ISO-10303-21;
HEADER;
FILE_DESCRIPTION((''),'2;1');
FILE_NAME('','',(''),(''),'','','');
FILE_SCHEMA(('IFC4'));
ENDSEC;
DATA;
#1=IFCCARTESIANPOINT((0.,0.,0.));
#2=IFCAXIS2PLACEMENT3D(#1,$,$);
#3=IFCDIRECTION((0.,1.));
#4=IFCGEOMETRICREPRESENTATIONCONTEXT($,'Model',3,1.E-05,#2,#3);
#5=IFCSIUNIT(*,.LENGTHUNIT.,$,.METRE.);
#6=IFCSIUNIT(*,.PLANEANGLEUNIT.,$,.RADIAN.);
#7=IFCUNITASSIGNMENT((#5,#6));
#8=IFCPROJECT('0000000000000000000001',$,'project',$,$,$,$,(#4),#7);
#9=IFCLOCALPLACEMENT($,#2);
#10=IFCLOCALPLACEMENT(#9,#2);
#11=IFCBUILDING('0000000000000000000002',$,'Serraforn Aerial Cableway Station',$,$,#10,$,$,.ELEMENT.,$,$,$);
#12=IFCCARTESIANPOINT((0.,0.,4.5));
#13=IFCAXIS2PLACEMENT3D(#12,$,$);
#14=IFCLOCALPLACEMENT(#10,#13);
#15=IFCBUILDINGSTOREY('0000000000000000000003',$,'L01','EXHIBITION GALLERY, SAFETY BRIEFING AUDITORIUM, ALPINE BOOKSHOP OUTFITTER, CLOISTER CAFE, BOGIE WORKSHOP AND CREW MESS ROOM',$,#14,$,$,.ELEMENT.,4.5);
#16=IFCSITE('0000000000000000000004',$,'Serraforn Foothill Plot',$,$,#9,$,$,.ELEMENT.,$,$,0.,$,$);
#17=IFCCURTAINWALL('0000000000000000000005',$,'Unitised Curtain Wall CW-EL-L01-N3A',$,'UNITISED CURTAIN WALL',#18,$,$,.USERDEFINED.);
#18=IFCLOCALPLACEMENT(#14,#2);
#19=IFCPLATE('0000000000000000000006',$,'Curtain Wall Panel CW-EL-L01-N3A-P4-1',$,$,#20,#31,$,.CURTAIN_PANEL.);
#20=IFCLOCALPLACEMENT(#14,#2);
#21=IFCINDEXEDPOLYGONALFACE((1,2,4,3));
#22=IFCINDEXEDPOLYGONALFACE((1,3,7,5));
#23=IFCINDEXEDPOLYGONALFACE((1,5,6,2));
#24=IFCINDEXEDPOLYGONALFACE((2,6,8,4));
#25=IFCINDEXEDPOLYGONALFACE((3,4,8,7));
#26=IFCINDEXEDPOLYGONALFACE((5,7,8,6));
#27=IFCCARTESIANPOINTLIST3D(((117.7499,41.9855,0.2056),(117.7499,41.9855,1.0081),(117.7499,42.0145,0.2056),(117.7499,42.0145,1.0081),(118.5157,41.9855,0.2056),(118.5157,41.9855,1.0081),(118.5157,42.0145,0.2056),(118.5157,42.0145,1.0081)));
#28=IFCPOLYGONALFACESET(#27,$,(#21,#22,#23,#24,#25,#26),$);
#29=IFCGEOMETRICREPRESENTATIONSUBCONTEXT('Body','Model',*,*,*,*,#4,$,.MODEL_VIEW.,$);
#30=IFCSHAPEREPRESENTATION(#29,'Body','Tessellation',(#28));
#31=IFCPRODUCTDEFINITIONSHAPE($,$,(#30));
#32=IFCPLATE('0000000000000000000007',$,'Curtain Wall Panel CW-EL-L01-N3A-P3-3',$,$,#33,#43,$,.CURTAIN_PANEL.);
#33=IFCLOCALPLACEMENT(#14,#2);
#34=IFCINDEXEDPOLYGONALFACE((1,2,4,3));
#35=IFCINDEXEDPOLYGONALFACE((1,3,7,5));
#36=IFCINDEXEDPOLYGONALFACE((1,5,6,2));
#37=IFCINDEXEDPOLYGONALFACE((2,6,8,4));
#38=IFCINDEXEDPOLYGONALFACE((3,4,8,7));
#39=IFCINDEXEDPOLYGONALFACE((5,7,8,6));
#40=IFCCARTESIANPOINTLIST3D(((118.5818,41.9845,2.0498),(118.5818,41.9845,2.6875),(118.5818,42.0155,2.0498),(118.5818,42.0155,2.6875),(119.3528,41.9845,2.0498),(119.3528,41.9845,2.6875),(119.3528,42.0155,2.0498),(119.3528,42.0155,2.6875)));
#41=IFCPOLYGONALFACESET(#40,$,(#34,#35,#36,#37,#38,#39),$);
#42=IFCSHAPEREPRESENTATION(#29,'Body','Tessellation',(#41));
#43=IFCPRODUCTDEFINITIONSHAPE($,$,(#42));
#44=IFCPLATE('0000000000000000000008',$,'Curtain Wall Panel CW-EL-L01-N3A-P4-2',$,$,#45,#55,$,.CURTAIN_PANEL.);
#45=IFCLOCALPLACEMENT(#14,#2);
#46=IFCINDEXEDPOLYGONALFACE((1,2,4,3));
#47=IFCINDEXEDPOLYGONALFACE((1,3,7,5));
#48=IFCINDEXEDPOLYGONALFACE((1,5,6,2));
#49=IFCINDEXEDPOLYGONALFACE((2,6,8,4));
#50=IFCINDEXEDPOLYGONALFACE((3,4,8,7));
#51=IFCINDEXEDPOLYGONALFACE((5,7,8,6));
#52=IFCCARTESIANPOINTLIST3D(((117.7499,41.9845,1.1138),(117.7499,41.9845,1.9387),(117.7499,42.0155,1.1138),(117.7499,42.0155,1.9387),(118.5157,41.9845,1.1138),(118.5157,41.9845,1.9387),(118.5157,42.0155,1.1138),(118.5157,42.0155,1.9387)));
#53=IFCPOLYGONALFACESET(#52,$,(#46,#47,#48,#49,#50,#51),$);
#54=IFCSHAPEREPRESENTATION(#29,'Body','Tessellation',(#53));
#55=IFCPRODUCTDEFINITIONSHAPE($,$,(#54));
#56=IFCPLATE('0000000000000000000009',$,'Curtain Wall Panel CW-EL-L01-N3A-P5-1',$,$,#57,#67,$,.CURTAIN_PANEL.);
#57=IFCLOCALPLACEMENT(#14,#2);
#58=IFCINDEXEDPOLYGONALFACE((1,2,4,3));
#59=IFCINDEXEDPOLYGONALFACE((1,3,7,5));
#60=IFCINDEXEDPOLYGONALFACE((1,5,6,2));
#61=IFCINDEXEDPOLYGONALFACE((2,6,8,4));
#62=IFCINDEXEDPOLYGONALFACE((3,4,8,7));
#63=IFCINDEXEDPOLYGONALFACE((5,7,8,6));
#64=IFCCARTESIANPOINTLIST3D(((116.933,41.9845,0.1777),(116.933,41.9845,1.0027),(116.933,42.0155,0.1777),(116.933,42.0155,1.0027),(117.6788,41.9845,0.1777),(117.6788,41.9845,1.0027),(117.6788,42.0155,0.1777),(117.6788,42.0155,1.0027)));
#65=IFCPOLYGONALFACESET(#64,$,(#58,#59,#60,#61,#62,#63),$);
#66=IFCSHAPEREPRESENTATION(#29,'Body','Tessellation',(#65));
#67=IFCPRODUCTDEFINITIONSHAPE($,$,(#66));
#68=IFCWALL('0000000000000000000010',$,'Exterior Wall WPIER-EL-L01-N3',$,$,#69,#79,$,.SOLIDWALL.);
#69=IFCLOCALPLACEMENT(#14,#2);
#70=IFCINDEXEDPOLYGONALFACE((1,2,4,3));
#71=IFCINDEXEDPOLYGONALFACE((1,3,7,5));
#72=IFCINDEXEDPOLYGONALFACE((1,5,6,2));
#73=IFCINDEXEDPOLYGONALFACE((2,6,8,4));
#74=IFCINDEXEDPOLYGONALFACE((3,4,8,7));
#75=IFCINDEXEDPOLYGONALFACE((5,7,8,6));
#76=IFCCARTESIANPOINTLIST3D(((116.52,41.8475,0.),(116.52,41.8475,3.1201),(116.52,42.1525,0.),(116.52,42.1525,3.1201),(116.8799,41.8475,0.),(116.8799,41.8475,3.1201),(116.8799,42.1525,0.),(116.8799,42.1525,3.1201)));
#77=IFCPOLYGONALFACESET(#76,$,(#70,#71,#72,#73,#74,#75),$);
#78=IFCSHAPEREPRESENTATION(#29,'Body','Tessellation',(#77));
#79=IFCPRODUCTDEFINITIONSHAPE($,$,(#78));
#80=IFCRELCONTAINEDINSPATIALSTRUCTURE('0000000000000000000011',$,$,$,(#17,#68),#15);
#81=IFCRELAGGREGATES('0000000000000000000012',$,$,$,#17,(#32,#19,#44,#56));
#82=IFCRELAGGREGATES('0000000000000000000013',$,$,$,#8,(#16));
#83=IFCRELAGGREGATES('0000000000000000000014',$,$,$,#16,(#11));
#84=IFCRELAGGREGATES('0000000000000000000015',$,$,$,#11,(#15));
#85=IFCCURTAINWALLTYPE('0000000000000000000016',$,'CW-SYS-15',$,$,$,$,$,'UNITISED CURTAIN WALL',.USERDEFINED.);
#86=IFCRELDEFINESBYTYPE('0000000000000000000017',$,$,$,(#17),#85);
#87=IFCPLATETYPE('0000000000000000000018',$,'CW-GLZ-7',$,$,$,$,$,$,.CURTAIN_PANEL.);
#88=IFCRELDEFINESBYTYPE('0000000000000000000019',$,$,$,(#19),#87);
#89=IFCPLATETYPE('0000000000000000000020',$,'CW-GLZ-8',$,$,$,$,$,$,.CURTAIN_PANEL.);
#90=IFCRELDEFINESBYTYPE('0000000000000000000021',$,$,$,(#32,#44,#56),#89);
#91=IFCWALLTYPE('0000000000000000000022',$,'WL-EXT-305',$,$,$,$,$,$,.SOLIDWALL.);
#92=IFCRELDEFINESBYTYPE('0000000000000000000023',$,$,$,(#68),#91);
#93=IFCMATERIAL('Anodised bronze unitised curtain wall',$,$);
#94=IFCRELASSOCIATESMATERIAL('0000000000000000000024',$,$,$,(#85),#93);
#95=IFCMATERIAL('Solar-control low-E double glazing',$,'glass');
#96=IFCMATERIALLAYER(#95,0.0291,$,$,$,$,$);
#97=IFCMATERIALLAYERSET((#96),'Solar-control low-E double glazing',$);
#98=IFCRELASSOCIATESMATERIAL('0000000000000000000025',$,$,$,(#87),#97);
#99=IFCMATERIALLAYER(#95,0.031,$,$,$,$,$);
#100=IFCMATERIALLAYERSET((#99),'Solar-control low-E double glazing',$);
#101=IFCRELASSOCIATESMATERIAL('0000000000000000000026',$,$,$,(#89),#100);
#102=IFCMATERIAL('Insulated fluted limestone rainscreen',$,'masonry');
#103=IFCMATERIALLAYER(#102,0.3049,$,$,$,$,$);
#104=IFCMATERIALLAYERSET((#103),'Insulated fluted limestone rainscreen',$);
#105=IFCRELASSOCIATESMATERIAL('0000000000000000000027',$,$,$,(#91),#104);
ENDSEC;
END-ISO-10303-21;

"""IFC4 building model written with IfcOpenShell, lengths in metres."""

from ifc_helpers import new_model, si_unit, direction, frame, frame_2d, origin, origin_2d, place, context, subcontext, project, spatial, rectangle, extrude, material, layer, layer_set, type_object, element, aggregate, save


model = new_model("IFC4")

# Units and contexts
model_context = context("Model", 3, precision=1e-05, world=origin(), true_north=direction((0.0, 1.0)))
body_context = subcontext(model_context, "Body", "Model", "MODEL_VIEW")
ifc_project = project(units=[si_unit("LENGTHUNIT", "METRE"), si_unit("PLANEANGLEUNIT", "RADIAN")], contexts=[model_context])

# Site, building, storey
site_placement = place(None, origin())
site = spatial("IfcSite", under=ifc_project, at=site_placement, Name="Serraforn Foothill Plot", CompositionType="ELEMENT", RefElevation=0.0)
building_placement = place(site_placement, origin())
building = spatial("IfcBuilding", under=site, at=building_placement, Name="Serraforn Aerial Cableway Station", CompositionType="ELEMENT")
storey_placement = place(building_placement, frame((0.0, 0.0, 4.5)))
storey = spatial("IfcBuildingStorey", under=building, at=storey_placement, Name="L01", Description="EXHIBITION GALLERY, SAFETY BRIEFING AUDITORIUM, ALPINE BOOKSHOP OUTFITTER, CLOISTER CAFE, BOGIE WORKSHOP AND CREW MESS ROOM", CompositionType="ELEMENT", Elevation=4.5)

# Curtain wall
ifc_material_1 = material(Name="Anodised bronze unitised curtain wall")
curtain_wall_type_1 = type_object("IfcCurtainWallType", Name="CW-SYS-15", ElementType="UNITISED CURTAIN WALL", PredefinedType="USERDEFINED", material=ifc_material_1)
curtain_wall_1_placement = place(storey_placement, origin())
curtain_wall_1 = element("IfcCurtainWall", 1, at=curtain_wall_1_placement, inside=storey, type_object=curtain_wall_type_1, Name="Unitised Curtain Wall CW-EL-L01-N3A", ObjectType="UNITISED CURTAIN WALL", PredefinedType="USERDEFINED")

# Plates
ifc_material_2 = material(Name="Solar-control low-E double glazing", Category="glass")
ifc_layer_1 = layer(ifc_material_2, 0.0291)
ifc_layer_set_1 = layer_set([ifc_layer_1], Name="Solar-control low-E double glazing")
plate_type_1 = type_object("IfcPlateType", Name="CW-GLZ-7", PredefinedType="CURTAIN_PANEL", material=ifc_layer_set_1)
plate_1_placement = place(storey_placement, frame((118.1328, 42.0, 0.2056), z_axis=(0.0, 0.0, 1.0), x_axis=(1.0, 0.0, 0.0)))
plate_1 = element("IfcPlate", 2, at=plate_1_placement, type_object=plate_type_1, Name="Curtain Wall Panel CW-EL-L01-N3A-P4-1", PredefinedType="CURTAIN_PANEL", context=body_context, shape_type="SweptSolid", body=[
    extrude(rectangle(XDim=0.7659, YDim=0.0291, at=origin_2d()), origin(), (0.0, 0.0, 1.0), 0.8025),
])
ifc_layer_2 = layer(ifc_material_2, 0.031)
ifc_layer_set_2 = layer_set([ifc_layer_2], Name="Solar-control low-E double glazing")
plate_type_2 = type_object("IfcPlateType", Name="CW-GLZ-8", PredefinedType="CURTAIN_PANEL", material=ifc_layer_set_2)
plate_2_placement = place(storey_placement, frame((118.9673, 42.0, 2.0498), z_axis=(0.0, 0.0, 1.0), x_axis=(1.0, 0.0, 0.0)))
plate_2 = element("IfcPlate", 3, at=plate_2_placement, type_object=plate_type_2, Name="Curtain Wall Panel CW-EL-L01-N3A-P3-3", PredefinedType="CURTAIN_PANEL", context=body_context, shape_type="SweptSolid", body=[
    extrude(rectangle(XDim=0.771, YDim=0.031, at=origin_2d()), origin(), (0.0, 0.0, 1.0), 0.6377),
])
plate_3_placement = place(storey_placement, frame((118.1328, 42.0, 1.1138), z_axis=(0.0, 0.0, 1.0), x_axis=(1.0, 0.0, 0.0)))
plate_3 = element("IfcPlate", 4, at=plate_3_placement, type_object=plate_type_2, Name="Curtain Wall Panel CW-EL-L01-N3A-P4-2", PredefinedType="CURTAIN_PANEL", context=body_context, shape_type="SweptSolid", body=[
    extrude(rectangle(XDim=0.7659, YDim=0.031, at=origin_2d()), origin(), (0.0, 0.0, 1.0), 0.825),
])
plate_4_placement = place(storey_placement, frame((117.3059, 42.0, 0.1777), z_axis=(0.0, 0.0, 1.0), x_axis=(1.0, 0.0, 0.0)))
plate_4 = element("IfcPlate", 5, at=plate_4_placement, type_object=plate_type_2, Name="Curtain Wall Panel CW-EL-L01-N3A-P5-1", PredefinedType="CURTAIN_PANEL", context=body_context, shape_type="SweptSolid", body=[
    extrude(rectangle(XDim=0.7458, YDim=0.031, at=origin_2d()), origin(), (0.0, 0.0, 1.0), 0.825),
])
aggregate(curtain_wall_1, [plate_2, plate_1, plate_3, plate_4])

# Wall
ifc_material_3 = material(Name="Insulated fluted limestone rainscreen", Category="masonry")
ifc_layer_3 = layer(ifc_material_3, 0.3049)
ifc_layer_set_3 = layer_set([ifc_layer_3], Name="Insulated fluted limestone rainscreen")
wall_type = type_object("IfcWallType", Name="WL-EXT-305", PredefinedType="SOLIDWALL", material=ifc_layer_set_3)
wall_placement = place(storey_placement, frame((116.8799, 42.0, 0.0), z_axis=(0.0, 0.0, 1.0), x_axis=(-1.0, 0.0, 0.0)))
element("IfcWall", 6, at=wall_placement, inside=storey, type_object=wall_type, Name="Exterior Wall WPIER-EL-L01-N3", PredefinedType="SOLIDWALL", context=body_context, shape_type="SweptSolid", body=[
    extrude(rectangle(XDim=0.3599, YDim=0.3049, at=frame_2d((0.1799, 0.0))), origin(), (0.0, 0.0, 1.0), 3.1201),
])

save(model, "model.ifc")
